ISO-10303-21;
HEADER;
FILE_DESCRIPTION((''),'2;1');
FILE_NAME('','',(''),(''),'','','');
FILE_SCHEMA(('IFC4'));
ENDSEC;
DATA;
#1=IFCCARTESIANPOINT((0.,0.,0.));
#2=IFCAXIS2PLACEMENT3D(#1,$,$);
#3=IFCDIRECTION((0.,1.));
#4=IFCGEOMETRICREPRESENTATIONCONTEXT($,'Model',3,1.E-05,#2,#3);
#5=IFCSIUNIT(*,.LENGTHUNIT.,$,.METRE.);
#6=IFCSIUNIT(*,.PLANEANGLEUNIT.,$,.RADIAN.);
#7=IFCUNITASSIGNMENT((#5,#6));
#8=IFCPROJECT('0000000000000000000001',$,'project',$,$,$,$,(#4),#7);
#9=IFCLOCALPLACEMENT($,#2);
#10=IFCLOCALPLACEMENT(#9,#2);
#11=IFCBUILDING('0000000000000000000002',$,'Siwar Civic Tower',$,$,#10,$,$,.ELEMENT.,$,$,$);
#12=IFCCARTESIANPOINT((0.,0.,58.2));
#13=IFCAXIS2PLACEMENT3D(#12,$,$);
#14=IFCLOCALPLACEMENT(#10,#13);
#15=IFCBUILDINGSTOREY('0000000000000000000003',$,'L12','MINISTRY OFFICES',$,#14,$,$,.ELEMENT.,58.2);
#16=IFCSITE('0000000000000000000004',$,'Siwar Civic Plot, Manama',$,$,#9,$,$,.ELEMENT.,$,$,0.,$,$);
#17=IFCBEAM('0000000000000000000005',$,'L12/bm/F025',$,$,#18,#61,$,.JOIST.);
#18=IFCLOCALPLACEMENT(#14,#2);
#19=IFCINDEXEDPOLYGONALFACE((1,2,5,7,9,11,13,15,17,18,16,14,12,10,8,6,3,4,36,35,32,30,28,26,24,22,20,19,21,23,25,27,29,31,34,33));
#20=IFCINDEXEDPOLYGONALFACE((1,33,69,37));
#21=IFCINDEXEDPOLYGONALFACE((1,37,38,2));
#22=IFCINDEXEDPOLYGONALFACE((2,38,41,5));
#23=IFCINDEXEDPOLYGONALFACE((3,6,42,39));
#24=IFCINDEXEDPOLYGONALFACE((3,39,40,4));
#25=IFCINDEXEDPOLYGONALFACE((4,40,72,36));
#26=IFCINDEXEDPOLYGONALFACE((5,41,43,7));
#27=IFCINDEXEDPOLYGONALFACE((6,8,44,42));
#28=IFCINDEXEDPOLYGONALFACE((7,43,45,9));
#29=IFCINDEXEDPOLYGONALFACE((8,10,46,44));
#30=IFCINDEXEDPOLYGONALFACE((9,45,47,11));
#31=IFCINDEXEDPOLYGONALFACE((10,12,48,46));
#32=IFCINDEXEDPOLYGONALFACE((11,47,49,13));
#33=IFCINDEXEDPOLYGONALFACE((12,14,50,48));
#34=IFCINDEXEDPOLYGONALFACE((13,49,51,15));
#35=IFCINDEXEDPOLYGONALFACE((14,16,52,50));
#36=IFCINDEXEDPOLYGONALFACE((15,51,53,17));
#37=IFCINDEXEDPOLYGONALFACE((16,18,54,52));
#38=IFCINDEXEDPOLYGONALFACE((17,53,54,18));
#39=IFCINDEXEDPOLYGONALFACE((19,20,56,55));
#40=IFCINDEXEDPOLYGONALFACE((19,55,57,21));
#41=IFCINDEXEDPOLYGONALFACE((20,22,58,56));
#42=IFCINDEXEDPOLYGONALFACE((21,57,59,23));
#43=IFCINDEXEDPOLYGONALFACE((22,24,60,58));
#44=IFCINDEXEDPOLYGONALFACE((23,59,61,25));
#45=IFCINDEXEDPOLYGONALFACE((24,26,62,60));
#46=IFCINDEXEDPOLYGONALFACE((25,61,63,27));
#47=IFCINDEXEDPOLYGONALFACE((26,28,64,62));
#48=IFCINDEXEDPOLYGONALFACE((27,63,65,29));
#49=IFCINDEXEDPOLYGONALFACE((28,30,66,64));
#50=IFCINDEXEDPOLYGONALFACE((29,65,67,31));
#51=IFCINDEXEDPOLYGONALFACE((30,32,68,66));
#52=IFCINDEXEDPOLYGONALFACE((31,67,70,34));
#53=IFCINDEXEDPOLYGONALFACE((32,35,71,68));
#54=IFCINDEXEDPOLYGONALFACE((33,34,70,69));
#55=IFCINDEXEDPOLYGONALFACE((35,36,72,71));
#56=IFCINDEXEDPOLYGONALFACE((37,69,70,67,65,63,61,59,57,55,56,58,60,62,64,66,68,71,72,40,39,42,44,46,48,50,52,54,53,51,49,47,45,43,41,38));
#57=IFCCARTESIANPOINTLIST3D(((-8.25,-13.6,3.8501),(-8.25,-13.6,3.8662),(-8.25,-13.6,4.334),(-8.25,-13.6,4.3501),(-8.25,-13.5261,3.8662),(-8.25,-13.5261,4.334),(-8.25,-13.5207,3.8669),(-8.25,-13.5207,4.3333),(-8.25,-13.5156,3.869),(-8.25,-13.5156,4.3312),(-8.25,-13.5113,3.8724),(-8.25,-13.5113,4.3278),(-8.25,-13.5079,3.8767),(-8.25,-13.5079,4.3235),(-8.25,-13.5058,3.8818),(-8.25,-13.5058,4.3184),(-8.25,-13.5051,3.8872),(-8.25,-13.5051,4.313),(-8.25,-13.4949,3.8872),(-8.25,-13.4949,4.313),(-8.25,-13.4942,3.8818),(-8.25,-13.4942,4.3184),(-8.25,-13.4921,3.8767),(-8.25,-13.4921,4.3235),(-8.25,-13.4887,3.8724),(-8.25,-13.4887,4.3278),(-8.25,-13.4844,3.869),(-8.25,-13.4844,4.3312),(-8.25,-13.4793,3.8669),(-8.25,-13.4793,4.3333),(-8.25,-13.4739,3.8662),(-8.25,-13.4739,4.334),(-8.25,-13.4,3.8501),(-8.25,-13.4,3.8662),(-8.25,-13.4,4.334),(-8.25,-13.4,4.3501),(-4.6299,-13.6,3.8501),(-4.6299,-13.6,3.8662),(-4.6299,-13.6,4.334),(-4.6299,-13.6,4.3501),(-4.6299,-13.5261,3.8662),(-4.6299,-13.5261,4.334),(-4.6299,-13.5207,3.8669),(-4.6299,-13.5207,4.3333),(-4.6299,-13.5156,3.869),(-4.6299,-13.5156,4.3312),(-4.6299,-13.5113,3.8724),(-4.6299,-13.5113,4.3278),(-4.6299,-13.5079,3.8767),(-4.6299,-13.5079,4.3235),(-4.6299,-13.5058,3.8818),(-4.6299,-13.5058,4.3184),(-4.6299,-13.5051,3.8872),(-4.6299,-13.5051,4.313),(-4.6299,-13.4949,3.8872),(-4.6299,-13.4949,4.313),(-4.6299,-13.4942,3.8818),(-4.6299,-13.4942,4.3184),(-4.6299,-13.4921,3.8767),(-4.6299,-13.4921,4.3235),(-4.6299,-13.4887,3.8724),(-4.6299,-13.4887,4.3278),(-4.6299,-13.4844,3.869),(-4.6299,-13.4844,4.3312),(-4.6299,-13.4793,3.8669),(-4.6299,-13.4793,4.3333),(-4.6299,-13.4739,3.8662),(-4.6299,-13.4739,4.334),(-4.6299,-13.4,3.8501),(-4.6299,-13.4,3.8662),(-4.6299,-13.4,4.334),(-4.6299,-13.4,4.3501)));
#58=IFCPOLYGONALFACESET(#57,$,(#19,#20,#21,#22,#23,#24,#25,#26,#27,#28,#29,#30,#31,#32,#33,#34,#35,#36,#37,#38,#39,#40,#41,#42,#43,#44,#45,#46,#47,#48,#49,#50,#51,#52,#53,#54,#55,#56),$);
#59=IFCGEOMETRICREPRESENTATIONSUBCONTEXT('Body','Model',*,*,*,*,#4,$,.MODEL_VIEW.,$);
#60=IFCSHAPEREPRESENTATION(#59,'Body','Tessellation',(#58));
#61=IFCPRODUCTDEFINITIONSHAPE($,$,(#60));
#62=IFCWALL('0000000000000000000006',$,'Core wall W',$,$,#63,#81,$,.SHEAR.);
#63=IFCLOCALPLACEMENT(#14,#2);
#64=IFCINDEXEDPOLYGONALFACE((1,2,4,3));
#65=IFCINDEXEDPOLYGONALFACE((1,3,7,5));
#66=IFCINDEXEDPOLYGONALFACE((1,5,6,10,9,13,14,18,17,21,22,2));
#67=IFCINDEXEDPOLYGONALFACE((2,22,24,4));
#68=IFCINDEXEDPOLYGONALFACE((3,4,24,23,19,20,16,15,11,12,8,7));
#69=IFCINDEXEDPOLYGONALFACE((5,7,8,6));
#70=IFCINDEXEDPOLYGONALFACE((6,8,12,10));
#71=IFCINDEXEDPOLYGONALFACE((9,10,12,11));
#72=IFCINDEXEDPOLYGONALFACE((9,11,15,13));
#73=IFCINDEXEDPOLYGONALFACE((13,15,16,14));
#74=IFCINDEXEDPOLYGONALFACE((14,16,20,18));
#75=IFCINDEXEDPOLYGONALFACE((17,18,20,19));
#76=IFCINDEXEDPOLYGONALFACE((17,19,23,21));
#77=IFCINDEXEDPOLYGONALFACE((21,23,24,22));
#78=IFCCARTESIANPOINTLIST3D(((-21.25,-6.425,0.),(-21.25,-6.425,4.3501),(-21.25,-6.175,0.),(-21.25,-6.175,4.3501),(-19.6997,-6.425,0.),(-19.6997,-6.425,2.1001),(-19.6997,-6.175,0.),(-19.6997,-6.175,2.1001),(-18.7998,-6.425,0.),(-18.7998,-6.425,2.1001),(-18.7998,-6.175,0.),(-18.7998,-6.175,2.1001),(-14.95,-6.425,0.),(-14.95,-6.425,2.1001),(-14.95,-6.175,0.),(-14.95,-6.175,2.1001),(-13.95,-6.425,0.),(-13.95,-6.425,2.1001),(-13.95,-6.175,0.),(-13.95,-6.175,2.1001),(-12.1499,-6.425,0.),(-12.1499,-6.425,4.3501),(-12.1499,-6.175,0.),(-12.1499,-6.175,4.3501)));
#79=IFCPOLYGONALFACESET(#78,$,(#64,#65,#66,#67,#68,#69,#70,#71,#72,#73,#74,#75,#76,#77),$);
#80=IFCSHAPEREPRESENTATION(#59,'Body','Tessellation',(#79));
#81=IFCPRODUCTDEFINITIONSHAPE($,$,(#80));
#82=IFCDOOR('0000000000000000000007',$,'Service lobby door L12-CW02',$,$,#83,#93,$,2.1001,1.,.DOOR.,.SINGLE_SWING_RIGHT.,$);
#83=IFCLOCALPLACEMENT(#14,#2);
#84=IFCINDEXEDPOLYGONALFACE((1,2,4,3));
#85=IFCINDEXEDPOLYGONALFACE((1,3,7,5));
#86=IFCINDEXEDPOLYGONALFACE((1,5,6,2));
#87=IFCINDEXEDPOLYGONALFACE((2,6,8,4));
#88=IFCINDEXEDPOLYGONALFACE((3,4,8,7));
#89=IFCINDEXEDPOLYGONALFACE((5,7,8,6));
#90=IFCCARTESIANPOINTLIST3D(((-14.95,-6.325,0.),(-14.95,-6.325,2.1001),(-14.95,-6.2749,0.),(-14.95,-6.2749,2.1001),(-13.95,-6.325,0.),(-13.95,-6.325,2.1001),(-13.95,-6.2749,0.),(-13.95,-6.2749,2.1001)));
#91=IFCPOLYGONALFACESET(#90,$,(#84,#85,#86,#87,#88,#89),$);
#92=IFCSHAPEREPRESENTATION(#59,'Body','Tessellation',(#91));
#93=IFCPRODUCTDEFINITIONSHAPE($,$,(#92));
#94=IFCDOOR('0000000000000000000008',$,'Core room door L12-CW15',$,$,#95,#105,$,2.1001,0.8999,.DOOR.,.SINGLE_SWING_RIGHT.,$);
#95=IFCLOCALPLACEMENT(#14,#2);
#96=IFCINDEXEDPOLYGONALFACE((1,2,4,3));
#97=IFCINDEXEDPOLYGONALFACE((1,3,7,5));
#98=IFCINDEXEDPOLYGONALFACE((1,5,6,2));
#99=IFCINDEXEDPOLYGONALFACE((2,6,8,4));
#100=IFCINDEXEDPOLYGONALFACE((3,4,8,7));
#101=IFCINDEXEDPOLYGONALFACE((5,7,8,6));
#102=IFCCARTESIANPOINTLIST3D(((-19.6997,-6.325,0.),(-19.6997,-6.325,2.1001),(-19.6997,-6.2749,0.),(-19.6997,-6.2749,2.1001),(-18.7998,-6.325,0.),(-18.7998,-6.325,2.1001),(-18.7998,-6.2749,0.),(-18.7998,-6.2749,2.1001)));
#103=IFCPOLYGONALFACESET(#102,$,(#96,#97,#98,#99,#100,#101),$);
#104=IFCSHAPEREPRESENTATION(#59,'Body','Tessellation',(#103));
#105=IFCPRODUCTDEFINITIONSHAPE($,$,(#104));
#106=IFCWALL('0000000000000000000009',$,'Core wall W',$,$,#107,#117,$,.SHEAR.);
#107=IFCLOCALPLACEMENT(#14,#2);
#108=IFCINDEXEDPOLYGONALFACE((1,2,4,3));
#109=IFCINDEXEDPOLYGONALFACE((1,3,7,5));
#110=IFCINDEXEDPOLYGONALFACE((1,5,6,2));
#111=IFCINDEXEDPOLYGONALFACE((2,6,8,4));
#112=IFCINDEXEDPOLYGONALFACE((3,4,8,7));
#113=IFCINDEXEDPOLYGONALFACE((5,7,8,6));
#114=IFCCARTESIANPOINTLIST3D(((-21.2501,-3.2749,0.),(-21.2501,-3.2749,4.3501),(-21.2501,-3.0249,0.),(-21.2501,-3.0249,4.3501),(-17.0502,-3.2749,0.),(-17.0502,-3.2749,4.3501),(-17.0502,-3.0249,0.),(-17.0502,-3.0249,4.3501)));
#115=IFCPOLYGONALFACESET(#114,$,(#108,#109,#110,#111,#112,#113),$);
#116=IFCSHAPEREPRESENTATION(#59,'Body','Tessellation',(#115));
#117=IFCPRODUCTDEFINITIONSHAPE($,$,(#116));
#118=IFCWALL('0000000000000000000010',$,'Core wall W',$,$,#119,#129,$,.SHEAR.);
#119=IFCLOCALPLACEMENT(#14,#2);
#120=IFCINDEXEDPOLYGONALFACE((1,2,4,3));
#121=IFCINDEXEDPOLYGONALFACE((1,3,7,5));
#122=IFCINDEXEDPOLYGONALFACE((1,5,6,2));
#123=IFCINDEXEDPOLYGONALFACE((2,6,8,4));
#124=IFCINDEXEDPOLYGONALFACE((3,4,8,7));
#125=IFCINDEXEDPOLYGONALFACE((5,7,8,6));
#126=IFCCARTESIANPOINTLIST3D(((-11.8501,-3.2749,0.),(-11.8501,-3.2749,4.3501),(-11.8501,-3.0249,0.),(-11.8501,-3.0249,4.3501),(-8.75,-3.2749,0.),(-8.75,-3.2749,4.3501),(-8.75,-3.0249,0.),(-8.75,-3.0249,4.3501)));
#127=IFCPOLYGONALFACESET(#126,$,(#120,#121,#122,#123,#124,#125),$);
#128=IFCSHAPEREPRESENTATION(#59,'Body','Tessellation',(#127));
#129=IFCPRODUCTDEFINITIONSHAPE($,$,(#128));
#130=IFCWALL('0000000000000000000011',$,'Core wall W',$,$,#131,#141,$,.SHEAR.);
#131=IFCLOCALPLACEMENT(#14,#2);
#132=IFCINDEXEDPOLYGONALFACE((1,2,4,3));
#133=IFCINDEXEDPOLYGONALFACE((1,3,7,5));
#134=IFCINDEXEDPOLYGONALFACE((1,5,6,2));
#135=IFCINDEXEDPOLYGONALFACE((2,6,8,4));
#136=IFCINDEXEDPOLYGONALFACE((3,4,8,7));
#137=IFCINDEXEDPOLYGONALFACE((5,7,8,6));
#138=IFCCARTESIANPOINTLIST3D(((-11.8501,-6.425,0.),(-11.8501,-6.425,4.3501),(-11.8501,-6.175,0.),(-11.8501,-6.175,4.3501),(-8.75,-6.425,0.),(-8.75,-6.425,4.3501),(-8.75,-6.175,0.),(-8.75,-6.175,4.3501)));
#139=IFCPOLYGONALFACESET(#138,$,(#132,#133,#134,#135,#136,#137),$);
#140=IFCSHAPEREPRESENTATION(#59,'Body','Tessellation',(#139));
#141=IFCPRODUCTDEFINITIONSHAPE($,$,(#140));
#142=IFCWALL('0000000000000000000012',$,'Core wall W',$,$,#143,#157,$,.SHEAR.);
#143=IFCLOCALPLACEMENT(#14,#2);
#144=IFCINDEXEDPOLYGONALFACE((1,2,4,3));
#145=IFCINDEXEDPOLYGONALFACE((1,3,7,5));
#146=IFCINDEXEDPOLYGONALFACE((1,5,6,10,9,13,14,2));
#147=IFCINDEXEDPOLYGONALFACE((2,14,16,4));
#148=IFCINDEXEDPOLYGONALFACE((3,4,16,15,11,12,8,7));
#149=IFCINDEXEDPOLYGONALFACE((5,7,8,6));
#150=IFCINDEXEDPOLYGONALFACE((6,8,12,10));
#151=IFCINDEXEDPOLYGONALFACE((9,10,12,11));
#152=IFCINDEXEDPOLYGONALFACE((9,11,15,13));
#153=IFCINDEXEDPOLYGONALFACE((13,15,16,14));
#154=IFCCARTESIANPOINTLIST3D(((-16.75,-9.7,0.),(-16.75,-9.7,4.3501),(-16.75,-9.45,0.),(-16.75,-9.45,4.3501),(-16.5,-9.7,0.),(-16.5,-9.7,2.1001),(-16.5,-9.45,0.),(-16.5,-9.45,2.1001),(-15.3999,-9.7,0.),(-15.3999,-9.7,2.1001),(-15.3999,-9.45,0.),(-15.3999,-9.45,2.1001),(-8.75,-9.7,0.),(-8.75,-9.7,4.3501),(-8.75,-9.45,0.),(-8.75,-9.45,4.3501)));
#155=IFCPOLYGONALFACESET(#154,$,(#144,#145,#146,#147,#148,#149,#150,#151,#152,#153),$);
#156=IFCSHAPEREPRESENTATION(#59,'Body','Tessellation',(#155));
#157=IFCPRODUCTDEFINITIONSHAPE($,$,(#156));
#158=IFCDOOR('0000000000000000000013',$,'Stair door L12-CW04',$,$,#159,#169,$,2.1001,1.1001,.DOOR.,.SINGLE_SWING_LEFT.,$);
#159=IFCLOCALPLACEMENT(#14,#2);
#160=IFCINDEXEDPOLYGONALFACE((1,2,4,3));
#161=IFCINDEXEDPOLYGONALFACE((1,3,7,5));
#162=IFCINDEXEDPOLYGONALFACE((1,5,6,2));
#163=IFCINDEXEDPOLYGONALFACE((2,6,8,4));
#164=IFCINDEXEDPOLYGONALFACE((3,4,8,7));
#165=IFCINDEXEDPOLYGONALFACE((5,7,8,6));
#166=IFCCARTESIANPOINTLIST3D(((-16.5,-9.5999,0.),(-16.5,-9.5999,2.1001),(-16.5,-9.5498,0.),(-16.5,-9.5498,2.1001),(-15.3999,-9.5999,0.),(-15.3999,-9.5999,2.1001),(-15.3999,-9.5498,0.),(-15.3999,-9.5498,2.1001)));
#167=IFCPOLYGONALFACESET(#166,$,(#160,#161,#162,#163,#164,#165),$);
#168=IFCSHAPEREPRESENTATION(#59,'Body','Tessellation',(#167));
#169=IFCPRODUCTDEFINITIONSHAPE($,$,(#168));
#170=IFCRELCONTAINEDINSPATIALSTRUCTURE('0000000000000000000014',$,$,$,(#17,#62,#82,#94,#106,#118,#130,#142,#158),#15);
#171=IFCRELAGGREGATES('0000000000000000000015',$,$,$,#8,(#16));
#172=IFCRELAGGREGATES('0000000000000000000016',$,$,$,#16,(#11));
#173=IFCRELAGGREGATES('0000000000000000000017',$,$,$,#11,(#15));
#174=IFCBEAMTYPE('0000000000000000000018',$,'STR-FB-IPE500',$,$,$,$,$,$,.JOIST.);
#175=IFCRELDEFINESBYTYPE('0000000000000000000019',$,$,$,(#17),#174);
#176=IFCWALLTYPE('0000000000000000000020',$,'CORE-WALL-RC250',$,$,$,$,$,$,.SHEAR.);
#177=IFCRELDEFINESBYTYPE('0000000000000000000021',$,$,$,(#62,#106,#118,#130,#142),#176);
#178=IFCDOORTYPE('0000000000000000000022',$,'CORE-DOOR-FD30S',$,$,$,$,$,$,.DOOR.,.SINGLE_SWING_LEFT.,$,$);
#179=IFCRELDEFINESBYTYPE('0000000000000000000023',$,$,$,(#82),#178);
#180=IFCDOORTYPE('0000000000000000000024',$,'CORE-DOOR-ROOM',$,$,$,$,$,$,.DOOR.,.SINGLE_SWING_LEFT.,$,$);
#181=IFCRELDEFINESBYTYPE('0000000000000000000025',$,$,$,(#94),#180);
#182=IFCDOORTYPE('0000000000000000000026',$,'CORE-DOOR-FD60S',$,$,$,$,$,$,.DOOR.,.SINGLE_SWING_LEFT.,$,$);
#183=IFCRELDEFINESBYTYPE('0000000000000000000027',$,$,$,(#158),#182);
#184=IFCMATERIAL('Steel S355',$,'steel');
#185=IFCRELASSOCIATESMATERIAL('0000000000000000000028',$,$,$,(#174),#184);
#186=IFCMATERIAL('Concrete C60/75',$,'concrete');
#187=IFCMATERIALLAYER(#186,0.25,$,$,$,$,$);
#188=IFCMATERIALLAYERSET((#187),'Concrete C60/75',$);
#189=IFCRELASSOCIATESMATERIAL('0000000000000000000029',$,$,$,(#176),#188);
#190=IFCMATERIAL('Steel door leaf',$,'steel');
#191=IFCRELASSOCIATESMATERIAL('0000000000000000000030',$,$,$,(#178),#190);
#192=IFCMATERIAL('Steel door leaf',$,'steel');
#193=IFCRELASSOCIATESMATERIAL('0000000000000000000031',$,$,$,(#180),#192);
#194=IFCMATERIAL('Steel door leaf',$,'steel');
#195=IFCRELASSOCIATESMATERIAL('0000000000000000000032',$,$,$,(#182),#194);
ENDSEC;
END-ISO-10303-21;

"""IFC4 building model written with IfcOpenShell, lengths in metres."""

from ifc_helpers import new_model, si_unit, direction, frame, frame_2d, origin, origin_2d, place, context, subcontext, project, spatial, rectangle, i_section, extrude, material, layer, layer_set, material_profile, profile_set, type_object, element, fill, save


model = new_model("IFC4")

# Units and contexts
model_context = context("Model", 3, precision=1e-05, world=origin(), true_north=direction((0.0, 1.0)))
body_context = subcontext(model_context, "Body", "Model", "MODEL_VIEW")
ifc_project = project(units=[si_unit("LENGTHUNIT", "METRE"), si_unit("PLANEANGLEUNIT", "RADIAN")], contexts=[model_context])

# Site, building, storey
site_placement = place(None, origin())
site = spatial("IfcSite", under=ifc_project, at=site_placement, Name="Siwar Civic Plot, Manama", CompositionType="ELEMENT", RefElevation=0.0)
building_placement = place(site_placement, origin())
building = spatial("IfcBuilding", under=site, at=building_placement, Name="Siwar Civic Tower", CompositionType="ELEMENT")
storey_placement = place(building_placement, frame((0.0, 0.0, 58.2)))
storey = spatial("IfcBuildingStorey", under=building, at=storey_placement, Name="L12", Description="MINISTRY OFFICES", CompositionType="ELEMENT", Elevation=58.2)

# Beam
ifc_material_1 = material(Name="Steel S355", Category="steel")
ifc_material_profile = material_profile(ifc_material_1, i_section(OverallWidth=0.2, OverallDepth=0.5, WebThickness=0.0103, FlangeThickness=0.0161, FilletRadius=0.021, at=origin_2d()), Name="IPE500")
ifc_profile_set = profile_set([ifc_material_profile], Name="Steel S355")
beam_type = type_object("IfcBeamType", Name="STR-FB-IPE500", PredefinedType="JOIST", material=ifc_profile_set)
beam_placement = place(storey_placement, frame((-8.25, -13.5, 4.1001), z_axis=(1.0, 0.0, 0.0), x_axis=(0.0, 1.0, 0.0)))
element("IfcBeam", 1, at=beam_placement, inside=storey, type_object=beam_type, Name="L12/bm/F025", PredefinedType="JOIST", context=body_context, shape_type="SweptSolid", body=[
    extrude(i_section(OverallWidth=0.2, OverallDepth=0.5, WebThickness=0.0103, FlangeThickness=0.0161, FilletRadius=0.021, at=origin_2d()), origin(), (0.0, 0.0, 1.0), 3.6201),
])

# Wall, openings, doors
ifc_material_2 = material(Name="Concrete C60/75", Category="concrete")
ifc_layer_1 = layer(ifc_material_2, 0.25)
ifc_layer_set_1 = layer_set([ifc_layer_1], Name="Concrete C60/75")
wall_type_1 = type_object("IfcWallType", Name="CORE-WALL-RC250", PredefinedType="SHEAR", material=ifc_layer_set_1)
wall_1_placement = place(storey_placement, frame((-12.1499, -6.3, 0.0), z_axis=(0.0, 0.0, 1.0), x_axis=(-1.0, 0.0, 0.0)))
wall_1 = element("IfcWall", 2, at=wall_1_placement, inside=storey, type_object=wall_type_1, Name="Core wall W", PredefinedType="SHEAR", context=body_context, shape_type="SweptSolid", body=[
    extrude(rectangle(XDim=9.1001, YDim=0.25, at=frame_2d((4.55, 0.0))), origin(), (0.0, 0.0, 1.0), 4.3501),
])
opening_1_placement = place(wall_1_placement, frame((1.8, 0.0, 0.0)))
opening_1 = element("IfcOpeningElement", 3, at=opening_1_placement, cuts=wall_1, PredefinedType="OPENING", context=body_context, shape_type="SweptSolid", body=[
    extrude(rectangle(XDim=1.0, YDim=2.1001, at=frame_2d((0.5, 1.05))), frame((0.0, 0.135, 0.0), z_axis=(0.0, -1.0, 0.0), x_axis=(1.0, 0.0, 0.0)), (0.0, 0.0, 1.0), 0.27),
])
opening_2_placement = place(wall_1_placement, frame((6.6499, 0.0, 0.0)))
opening_2 = element("IfcOpeningElement", 4, at=opening_2_placement, cuts=wall_1, PredefinedType="OPENING", context=body_context, shape_type="SweptSolid", body=[
    extrude(rectangle(XDim=0.8999, YDim=2.1001, at=frame_2d((0.45, 1.05))), frame((0.0, 0.135, 0.0), z_axis=(0.0, -1.0, 0.0), x_axis=(1.0, 0.0, 0.0)), (0.0, 0.0, 1.0), 0.27),
])
ifc_material_3 = material(Name="Steel door leaf", Category="steel")
door_type_1 = type_object("IfcDoorType", Name="CORE-DOOR-FD30S", OperationType="SINGLE_SWING_LEFT", PredefinedType="DOOR", material=ifc_material_3)
door_1_placement = place(opening_1_placement, origin())
door_1 = element("IfcDoor", 5, at=door_1_placement, inside=storey, type_object=door_type_1, Name="Service lobby door L12-CW02", OperationType="SINGLE_SWING_RIGHT", OverallHeight=2.1001, OverallWidth=1.0, PredefinedType="DOOR", context=body_context, shape_type="SweptSolid", body=[
    extrude(rectangle(XDim=1.0, YDim=2.1001, at=frame_2d((0.5, 1.05))), frame((0.0, 0.0249, 0.0), z_axis=(0.0, -1.0, 0.0), x_axis=(1.0, 0.0, 0.0)), (0.0, 0.0, 1.0), 0.05),
])
fill(opening_1, door_1)
ifc_material_4 = material(Name="Steel door leaf", Category="steel")
door_type_2 = type_object("IfcDoorType", Name="CORE-DOOR-ROOM", OperationType="SINGLE_SWING_LEFT", PredefinedType="DOOR", material=ifc_material_4)
door_2_placement = place(opening_2_placement, origin())
door_2 = element("IfcDoor", 6, at=door_2_placement, inside=storey, type_object=door_type_2, Name="Core room door L12-CW15", OperationType="SINGLE_SWING_RIGHT", OverallHeight=2.1001, OverallWidth=0.8999, PredefinedType="DOOR", context=body_context, shape_type="SweptSolid", body=[
    extrude(rectangle(XDim=0.8999, YDim=2.1001, at=frame_2d((0.45, 1.05))), frame((0.0, 0.0249, 0.0), z_axis=(0.0, -1.0, 0.0), x_axis=(1.0, 0.0, 0.0)), (0.0, 0.0, 1.0), 0.05),
])
fill(opening_2, door_2)

# Walls
wall_2_placement = place(storey_placement, frame((-17.05, -3.1499, 0.0), z_axis=(0.0, 0.0, 1.0), x_axis=(-1.0, 0.0, 0.0)))
element("IfcWall", 7, at=wall_2_placement, inside=storey, type_object=wall_type_1, Name="Core wall W", PredefinedType="SHEAR", context=body_context, shape_type="SweptSolid", body=[
    extrude(rectangle(XDim=4.2, YDim=0.25, at=frame_2d((2.1001, 0.0))), origin(), (0.0, 0.0, 1.0), 4.3501),
])
for number, where, z_axis, x_axis, name in (
    (8, (-8.75, -3.1499, 0.0), (0.0, 0.0, 1.0), (-1.0, 0.0, 0.0), "Core wall W"),
    (9, (-8.75, -6.3, 0.0), (0.0, 0.0, 1.0), (-1.0, 0.0, 0.0), "Core wall W"),
):
    element("IfcWall", number, at=place(storey_placement, frame(where, z_axis=z_axis, x_axis=x_axis)), inside=storey, type_object=wall_type_1, Name=name, PredefinedType="SHEAR", context=body_context, shape_type="SweptSolid", body=[
        extrude(rectangle(XDim=3.1001, YDim=0.25, at=frame_2d((1.55, 0.0))), origin(), (0.0, 0.0, 1.0), 4.3501),
    ])

# Wall, opening, door
wall_3_placement = place(storey_placement, frame((-8.75, -9.575, 0.0), z_axis=(0.0, 0.0, 1.0), x_axis=(-1.0, 0.0, 0.0)))
wall_3 = element("IfcWall", 10, at=wall_3_placement, inside=storey, type_object=wall_type_1, Name="Core wall W", PredefinedType="SHEAR", context=body_context, shape_type="SweptSolid", body=[
    extrude(rectangle(XDim=8.0, YDim=0.25, at=frame_2d((4.0, 0.0))), origin(), (0.0, 0.0, 1.0), 4.3501),
])
opening_3_placement = place(wall_3_placement, frame((6.6499, 0.0, 0.0)))
opening_3 = element("IfcOpeningElement", 11, at=opening_3_placement, cuts=wall_3, PredefinedType="OPENING", context=body_context, shape_type="SweptSolid", body=[
    extrude(rectangle(XDim=1.1001, YDim=2.1001, at=frame_2d((0.55, 1.05))), frame((0.0, 0.135, 0.0), z_axis=(0.0, -1.0, 0.0), x_axis=(1.0, 0.0, 0.0)), (0.0, 0.0, 1.0), 0.27),
])
ifc_material_5 = material(Name="Steel door leaf", Category="steel")
door_type_3 = type_object("IfcDoorType", Name="CORE-DOOR-FD60S", OperationType="SINGLE_SWING_LEFT", PredefinedType="DOOR", material=ifc_material_5)
door_3_placement = place(opening_3_placement, origin())
door_3 = element("IfcDoor", 12, at=door_3_placement, inside=storey, type_object=door_type_3, Name="Stair door L12-CW04", OperationType="SINGLE_SWING_LEFT", OverallHeight=2.1001, OverallWidth=1.1001, PredefinedType="DOOR", context=body_context, shape_type="SweptSolid", body=[
    extrude(rectangle(XDim=1.1001, YDim=2.1001, at=frame_2d((0.55, 1.05))), frame((0.0, 0.0249, 0.0), z_axis=(0.0, -1.0, 0.0), x_axis=(1.0, 0.0, 0.0)), (0.0, 0.0, 1.0), 0.05),
])
fill(opening_3, door_3)

save(model, "model.ifc")
